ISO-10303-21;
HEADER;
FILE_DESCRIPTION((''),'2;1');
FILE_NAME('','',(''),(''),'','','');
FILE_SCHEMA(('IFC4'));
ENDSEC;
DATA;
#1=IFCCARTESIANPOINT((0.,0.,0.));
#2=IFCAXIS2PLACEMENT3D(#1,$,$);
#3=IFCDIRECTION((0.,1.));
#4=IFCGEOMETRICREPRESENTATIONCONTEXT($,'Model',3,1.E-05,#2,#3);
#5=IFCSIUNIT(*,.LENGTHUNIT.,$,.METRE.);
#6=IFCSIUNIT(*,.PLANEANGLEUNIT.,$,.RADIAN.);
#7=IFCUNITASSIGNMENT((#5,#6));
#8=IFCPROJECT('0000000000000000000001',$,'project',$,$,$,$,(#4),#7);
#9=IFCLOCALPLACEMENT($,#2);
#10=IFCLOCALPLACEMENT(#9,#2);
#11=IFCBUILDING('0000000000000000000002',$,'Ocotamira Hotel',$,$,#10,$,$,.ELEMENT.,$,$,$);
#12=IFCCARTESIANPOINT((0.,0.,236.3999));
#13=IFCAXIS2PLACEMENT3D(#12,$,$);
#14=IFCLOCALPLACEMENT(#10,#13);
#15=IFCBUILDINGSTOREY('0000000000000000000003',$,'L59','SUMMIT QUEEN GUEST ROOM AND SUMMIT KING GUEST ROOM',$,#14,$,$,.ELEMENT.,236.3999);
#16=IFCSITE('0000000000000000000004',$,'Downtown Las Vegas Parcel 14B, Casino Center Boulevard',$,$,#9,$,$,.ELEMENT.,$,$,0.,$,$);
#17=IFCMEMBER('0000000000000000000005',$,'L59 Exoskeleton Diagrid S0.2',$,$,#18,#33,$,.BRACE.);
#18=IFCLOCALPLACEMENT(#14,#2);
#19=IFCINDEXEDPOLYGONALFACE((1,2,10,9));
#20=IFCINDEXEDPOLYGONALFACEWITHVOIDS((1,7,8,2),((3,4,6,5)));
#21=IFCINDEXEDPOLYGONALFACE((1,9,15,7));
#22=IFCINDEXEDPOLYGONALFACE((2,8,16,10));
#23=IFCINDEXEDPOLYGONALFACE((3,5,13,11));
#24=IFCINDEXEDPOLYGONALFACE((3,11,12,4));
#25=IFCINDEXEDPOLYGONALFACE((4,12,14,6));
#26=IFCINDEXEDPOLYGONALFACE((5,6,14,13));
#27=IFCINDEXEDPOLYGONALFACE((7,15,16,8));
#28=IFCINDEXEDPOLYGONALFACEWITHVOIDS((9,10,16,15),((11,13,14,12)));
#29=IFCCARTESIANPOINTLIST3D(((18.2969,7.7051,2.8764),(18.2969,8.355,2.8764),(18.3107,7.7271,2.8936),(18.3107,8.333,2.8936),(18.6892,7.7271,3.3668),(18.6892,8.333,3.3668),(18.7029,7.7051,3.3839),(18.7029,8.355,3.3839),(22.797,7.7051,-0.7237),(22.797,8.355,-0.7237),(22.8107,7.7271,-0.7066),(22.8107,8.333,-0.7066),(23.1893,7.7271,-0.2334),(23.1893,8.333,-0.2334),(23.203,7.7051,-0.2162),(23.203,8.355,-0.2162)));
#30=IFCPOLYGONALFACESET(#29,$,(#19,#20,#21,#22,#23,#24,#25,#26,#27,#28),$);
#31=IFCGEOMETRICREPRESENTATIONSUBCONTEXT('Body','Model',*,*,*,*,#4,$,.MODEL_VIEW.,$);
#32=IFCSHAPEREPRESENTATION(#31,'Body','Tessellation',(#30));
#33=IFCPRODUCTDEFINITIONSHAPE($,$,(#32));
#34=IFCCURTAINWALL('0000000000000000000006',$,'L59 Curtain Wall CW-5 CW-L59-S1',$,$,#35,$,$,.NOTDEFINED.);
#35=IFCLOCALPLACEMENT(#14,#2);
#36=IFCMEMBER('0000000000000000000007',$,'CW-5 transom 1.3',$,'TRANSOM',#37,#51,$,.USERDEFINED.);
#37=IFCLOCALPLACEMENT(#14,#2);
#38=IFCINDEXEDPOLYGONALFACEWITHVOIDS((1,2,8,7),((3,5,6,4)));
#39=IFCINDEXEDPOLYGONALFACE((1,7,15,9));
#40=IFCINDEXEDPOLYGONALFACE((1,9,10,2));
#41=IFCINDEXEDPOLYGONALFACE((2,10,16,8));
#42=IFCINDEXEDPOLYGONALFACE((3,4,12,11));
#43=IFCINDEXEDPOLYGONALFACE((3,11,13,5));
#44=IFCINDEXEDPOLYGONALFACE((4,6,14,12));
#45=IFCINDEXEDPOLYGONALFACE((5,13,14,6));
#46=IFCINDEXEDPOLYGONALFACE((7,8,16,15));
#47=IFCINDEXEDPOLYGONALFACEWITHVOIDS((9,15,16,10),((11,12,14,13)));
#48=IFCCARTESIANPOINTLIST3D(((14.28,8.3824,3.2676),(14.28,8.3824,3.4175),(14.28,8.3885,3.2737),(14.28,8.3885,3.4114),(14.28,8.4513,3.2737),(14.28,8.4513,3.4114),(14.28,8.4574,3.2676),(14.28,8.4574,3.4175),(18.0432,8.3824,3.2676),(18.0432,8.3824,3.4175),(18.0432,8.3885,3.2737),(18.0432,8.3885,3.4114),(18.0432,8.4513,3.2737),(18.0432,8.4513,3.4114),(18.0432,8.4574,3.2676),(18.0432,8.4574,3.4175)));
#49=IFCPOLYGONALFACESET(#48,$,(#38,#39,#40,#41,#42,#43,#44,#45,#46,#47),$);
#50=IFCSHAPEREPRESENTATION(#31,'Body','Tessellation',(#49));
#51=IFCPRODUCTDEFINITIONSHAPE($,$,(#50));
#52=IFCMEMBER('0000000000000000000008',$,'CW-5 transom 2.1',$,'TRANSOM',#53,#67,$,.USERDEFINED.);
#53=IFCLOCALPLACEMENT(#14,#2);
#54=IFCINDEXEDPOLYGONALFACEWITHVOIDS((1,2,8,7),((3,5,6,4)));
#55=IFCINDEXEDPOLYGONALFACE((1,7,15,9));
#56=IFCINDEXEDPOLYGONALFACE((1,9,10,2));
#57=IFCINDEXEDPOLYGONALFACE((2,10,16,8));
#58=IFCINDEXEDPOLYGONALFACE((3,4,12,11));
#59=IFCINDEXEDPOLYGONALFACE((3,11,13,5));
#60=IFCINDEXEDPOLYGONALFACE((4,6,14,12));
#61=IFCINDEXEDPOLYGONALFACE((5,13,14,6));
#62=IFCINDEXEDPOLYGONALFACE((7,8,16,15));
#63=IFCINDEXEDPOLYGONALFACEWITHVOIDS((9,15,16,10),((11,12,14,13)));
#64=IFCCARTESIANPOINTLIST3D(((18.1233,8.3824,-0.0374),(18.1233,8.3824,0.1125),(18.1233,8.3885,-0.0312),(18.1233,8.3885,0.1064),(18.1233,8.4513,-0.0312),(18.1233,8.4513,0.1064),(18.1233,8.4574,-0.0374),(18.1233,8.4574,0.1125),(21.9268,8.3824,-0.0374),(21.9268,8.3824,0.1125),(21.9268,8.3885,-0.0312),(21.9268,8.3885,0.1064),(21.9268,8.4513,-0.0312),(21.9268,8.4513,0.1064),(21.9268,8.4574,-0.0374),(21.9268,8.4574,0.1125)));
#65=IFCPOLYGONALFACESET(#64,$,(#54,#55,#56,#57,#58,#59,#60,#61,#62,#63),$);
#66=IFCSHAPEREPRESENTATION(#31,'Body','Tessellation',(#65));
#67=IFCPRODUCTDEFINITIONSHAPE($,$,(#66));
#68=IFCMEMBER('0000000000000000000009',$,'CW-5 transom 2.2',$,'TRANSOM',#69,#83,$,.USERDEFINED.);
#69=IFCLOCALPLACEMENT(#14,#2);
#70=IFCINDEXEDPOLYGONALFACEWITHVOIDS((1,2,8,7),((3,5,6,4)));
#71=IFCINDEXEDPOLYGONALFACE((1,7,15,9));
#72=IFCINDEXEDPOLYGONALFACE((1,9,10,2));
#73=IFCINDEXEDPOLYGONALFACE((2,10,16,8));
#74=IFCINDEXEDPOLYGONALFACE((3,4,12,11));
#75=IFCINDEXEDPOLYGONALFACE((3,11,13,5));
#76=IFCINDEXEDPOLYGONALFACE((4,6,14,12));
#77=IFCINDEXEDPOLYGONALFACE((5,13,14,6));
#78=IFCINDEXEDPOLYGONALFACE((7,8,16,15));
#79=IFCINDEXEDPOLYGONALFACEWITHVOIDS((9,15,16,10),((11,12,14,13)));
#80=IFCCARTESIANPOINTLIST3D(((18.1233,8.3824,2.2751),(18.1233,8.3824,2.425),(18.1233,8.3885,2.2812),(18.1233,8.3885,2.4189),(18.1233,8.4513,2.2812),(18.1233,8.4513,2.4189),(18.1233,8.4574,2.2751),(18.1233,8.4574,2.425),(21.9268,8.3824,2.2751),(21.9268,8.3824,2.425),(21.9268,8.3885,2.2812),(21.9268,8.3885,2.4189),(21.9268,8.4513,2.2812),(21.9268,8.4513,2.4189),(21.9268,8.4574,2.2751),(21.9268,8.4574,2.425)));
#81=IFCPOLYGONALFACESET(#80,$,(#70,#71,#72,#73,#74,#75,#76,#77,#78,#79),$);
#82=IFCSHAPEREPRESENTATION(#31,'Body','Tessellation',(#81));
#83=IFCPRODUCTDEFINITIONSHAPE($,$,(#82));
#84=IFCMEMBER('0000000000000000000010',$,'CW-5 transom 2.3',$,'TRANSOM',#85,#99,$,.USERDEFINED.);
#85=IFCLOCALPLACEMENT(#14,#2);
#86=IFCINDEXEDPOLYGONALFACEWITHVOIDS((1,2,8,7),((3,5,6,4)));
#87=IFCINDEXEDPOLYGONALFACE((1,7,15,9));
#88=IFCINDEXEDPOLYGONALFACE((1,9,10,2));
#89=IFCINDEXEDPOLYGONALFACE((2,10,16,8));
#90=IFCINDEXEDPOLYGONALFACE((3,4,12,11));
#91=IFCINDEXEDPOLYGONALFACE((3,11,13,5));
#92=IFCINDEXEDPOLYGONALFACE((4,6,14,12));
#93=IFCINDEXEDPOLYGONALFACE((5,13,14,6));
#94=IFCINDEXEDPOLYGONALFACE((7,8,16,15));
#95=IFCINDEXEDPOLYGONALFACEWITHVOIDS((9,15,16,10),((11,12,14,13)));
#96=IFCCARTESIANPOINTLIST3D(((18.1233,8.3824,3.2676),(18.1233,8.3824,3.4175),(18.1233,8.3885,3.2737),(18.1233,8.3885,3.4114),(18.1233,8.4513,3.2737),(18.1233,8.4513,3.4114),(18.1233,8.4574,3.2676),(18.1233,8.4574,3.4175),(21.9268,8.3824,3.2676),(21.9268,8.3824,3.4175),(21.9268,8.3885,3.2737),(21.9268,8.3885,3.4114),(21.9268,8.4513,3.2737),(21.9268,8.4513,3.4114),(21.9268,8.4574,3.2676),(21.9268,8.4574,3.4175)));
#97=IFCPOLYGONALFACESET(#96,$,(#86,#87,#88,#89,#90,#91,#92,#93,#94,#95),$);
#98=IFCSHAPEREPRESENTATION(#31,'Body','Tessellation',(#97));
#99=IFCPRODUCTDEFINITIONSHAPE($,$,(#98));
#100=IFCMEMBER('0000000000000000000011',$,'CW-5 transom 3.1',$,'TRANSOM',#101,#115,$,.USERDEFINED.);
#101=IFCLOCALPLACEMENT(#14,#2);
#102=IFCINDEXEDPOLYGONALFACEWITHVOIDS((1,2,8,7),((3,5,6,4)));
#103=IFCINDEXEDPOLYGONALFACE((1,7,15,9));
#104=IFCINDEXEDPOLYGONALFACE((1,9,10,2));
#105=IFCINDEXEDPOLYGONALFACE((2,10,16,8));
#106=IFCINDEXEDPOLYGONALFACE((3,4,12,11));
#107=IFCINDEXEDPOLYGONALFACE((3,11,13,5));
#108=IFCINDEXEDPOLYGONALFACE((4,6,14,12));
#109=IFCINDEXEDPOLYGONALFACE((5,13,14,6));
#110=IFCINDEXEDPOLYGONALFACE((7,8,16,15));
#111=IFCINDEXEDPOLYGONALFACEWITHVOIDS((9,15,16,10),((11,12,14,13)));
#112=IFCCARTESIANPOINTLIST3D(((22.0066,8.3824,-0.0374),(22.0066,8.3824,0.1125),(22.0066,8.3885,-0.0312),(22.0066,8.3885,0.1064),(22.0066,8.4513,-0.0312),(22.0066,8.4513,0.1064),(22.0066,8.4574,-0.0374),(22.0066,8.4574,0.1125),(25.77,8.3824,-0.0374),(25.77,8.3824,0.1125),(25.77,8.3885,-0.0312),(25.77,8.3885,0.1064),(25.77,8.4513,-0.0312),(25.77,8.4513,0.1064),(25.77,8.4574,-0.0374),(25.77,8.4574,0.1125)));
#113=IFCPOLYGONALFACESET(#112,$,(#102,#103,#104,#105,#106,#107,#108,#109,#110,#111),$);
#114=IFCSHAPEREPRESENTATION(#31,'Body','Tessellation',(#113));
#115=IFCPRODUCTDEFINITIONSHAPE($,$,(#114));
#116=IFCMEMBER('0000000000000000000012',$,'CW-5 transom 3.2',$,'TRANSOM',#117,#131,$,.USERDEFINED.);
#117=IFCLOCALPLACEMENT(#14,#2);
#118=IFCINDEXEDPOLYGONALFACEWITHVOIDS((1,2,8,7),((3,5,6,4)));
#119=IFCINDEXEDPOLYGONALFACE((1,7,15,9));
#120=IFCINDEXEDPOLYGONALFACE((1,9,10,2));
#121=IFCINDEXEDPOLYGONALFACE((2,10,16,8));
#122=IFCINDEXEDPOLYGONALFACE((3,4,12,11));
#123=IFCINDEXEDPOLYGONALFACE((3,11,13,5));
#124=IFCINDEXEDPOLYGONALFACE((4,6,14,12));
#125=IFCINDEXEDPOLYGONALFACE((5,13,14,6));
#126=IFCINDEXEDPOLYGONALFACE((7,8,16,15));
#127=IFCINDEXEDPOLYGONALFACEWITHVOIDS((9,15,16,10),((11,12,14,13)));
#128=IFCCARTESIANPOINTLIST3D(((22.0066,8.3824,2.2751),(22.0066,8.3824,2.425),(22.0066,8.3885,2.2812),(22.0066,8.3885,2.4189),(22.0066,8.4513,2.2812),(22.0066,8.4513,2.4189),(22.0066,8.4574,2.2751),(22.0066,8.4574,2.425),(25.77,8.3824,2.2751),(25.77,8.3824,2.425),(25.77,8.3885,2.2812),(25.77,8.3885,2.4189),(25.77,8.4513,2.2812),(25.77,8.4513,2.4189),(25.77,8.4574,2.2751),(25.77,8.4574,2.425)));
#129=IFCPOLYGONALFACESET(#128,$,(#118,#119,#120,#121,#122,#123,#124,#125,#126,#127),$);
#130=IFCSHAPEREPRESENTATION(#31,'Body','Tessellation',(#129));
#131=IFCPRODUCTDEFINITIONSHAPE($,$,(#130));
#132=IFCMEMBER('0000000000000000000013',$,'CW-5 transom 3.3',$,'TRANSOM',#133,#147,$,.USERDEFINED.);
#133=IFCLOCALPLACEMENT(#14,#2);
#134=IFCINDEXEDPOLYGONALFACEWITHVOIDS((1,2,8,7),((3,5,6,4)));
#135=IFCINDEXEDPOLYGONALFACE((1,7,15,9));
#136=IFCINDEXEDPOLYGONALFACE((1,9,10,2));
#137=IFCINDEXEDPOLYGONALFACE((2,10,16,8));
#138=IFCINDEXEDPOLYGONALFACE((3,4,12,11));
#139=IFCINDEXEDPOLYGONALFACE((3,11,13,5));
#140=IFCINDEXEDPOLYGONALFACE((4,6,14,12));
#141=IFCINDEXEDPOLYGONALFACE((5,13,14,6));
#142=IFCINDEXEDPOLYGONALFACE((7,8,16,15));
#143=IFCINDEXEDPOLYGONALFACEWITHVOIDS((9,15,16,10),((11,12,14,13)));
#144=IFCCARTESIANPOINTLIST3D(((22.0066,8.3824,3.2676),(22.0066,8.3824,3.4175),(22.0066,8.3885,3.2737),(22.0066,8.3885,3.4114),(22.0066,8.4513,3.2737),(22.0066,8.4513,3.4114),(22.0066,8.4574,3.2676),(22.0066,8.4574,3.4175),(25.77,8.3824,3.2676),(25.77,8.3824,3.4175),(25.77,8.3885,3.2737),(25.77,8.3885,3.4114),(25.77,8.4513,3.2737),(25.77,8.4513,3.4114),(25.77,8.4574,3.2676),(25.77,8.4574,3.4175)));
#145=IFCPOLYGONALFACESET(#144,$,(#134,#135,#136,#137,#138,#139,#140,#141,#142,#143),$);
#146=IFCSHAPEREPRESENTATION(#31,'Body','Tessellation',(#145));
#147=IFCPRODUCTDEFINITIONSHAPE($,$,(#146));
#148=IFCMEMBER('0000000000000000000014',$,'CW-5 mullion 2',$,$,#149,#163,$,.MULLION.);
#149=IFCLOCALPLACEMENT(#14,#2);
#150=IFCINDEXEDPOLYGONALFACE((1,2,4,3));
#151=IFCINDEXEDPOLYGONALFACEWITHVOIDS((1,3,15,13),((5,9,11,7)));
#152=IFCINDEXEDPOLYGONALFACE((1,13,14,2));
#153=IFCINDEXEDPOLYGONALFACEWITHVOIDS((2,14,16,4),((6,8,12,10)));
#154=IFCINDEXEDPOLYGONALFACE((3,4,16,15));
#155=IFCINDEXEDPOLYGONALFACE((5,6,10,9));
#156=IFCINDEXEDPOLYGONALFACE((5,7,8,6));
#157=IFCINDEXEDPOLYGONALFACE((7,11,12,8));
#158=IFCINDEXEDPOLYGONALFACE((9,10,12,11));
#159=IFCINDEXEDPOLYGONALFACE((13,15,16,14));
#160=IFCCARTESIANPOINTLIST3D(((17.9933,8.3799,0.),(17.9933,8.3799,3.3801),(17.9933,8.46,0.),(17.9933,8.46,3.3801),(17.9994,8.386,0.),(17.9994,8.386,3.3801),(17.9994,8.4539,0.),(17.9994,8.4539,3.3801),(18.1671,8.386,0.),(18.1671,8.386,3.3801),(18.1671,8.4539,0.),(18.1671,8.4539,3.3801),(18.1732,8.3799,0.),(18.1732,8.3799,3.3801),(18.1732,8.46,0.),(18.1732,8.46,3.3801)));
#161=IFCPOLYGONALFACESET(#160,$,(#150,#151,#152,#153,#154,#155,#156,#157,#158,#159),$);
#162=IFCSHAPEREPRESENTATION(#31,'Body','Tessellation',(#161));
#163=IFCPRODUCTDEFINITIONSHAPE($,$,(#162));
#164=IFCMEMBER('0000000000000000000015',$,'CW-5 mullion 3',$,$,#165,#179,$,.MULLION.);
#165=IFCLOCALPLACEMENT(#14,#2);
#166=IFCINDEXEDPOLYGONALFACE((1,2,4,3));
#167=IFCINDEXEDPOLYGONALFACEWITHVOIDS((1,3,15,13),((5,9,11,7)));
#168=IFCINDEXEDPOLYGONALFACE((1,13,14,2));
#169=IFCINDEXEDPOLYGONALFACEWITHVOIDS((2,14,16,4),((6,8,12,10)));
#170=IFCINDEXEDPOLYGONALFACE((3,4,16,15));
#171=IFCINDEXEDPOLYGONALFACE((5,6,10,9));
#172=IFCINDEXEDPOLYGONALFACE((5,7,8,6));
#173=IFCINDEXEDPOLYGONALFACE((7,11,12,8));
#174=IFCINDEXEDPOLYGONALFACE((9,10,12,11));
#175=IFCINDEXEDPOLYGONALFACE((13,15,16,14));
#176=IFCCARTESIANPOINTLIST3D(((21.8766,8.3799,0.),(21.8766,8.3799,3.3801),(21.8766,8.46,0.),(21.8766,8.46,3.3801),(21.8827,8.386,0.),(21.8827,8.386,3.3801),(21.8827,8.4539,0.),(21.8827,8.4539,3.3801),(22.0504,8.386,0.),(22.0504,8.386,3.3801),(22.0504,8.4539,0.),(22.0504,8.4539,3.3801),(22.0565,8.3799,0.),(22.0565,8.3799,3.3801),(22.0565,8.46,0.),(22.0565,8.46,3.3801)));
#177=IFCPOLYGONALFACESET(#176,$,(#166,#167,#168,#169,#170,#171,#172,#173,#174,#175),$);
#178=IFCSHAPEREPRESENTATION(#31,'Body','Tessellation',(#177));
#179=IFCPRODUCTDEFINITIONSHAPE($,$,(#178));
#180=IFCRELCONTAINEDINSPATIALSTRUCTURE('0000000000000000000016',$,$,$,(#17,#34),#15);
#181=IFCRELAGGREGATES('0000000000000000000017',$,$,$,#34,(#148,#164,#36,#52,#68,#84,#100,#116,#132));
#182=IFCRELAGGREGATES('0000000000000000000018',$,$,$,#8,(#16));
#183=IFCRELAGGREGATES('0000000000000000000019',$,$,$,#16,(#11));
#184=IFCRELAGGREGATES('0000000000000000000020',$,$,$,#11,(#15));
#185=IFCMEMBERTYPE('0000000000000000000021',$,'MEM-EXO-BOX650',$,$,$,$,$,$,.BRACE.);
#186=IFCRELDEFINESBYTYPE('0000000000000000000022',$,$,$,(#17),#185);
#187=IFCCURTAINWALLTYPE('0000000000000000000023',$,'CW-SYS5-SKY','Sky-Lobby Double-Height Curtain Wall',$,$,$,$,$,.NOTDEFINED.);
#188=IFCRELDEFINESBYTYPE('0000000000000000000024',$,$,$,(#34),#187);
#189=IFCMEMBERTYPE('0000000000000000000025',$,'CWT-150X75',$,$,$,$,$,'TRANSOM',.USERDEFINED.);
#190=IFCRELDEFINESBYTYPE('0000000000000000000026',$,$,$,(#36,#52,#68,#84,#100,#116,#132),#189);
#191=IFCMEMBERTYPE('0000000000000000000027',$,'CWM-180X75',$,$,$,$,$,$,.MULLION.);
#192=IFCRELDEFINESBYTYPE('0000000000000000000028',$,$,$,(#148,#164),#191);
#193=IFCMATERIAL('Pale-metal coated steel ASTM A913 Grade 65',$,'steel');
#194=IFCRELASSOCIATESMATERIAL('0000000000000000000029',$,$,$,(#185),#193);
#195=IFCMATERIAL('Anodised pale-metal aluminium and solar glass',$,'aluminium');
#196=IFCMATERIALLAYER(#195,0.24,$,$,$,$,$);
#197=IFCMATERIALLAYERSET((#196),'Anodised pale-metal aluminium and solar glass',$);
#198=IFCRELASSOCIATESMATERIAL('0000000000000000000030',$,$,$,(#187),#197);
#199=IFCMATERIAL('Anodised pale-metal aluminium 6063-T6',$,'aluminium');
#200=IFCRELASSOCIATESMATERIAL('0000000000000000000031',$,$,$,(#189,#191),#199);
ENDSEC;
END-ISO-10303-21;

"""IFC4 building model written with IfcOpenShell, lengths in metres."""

from ifc_helpers import new_model, si_unit, direction, frame, origin, origin_2d, place, context, subcontext, project, spatial, hollow_rectangle, extrude, source, transform, mapped, material, layer, layer_set, material_profile, profile_set, type_object, element, aggregate, save


model = new_model("IFC4")

# Units and contexts
model_context = context("Model", 3, precision=1e-05, world=origin(), true_north=direction((0.0, 1.0)))
body_context = subcontext(model_context, "Body", "Model", "MODEL_VIEW")
ifc_project = project(units=[si_unit("LENGTHUNIT", "METRE"), si_unit("PLANEANGLEUNIT", "RADIAN")], contexts=[model_context])

# Site, building, storey
site_placement = place(None, origin())
site = spatial("IfcSite", under=ifc_project, at=site_placement, Name="Downtown Las Vegas Parcel 14B, Casino Center Boulevard", CompositionType="ELEMENT", RefElevation=0.0)
building_placement = place(site_placement, origin())
building = spatial("IfcBuilding", under=site, at=building_placement, Name="Ocotamira Hotel", CompositionType="ELEMENT")
storey_placement = place(building_placement, frame((0.0, 0.0, 236.3999)))
storey = spatial("IfcBuildingStorey", under=building, at=storey_placement, Name="L59", Description="SUMMIT QUEEN GUEST ROOM AND SUMMIT KING GUEST ROOM", CompositionType="ELEMENT", Elevation=236.3999)

# Member
ifc_material_1 = material(Name="Pale-metal coated steel ASTM A913 Grade 65", Category="steel")
ifc_material_profile_1 = material_profile(ifc_material_1, hollow_rectangle(XDim=0.6499, YDim=0.6499, WallThickness=0.022, at=origin_2d()), Name="BOX650X650X22")
ifc_profile_set_1 = profile_set([ifc_material_profile_1], Name="Pale-metal coated steel ASTM A913 Grade 65")
member_type_1 = type_object("IfcMemberType", Name="MEM-EXO-BOX650", PredefinedType="BRACE", material=ifc_profile_set_1)
shared_shape_1 = source(origin(), body_context, "Body", "SweptSolid", [
    extrude(hollow_rectangle(XDim=0.6499, YDim=0.6499, WallThickness=0.022, at=origin_2d()), origin(), (0.0, 0.0, 1.0), 5.7629),
])
member_1_placement = place(storey_placement, frame((23.0, 8.03, -0.47), z_axis=(-0.780861, 0.0, 0.624705), x_axis=(0.0, -1.0, 0.0)))
element("IfcMember", 1, at=member_1_placement, inside=storey, type_object=member_type_1, Name="L59 Exoskeleton Diagrid S0.2", PredefinedType="BRACE", context=body_context, shape_type="MappedRepresentation", body=[
    mapped(shared_shape_1, transform((0.0, 0.0, 0.0), scale=1.0)),
])

# Curtain wall, members
ifc_material_2 = material(Name="Anodised pale-metal aluminium and solar glass", Category="aluminium")
ifc_layer_1 = layer(ifc_material_2, 0.24)
ifc_layer_set_1 = layer_set([ifc_layer_1], Name="Anodised pale-metal aluminium and solar glass")
curtain_wall_type = type_object("IfcCurtainWallType", Name="CW-SYS5-SKY", Description="Sky-Lobby Double-Height Curtain Wall", PredefinedType="NOTDEFINED", material=ifc_layer_set_1)
curtain_wall_placement = place(storey_placement, origin())
curtain_wall = element("IfcCurtainWall", 2, at=curtain_wall_placement, inside=storey, type_object=curtain_wall_type, Name="L59 Curtain Wall CW-5 CW-L59-S1", PredefinedType="NOTDEFINED")
ifc_material_3 = material(Name="Anodised pale-metal aluminium 6063-T6", Category="aluminium")
ifc_material_profile_2 = material_profile(ifc_material_3, hollow_rectangle(XDim=0.075, YDim=0.1499, WallThickness=0.0061, at=origin_2d()), Name="HSS150X75X6")
ifc_profile_set_2 = profile_set([ifc_material_profile_2], Name="Anodised pale-metal aluminium 6063-T6")
member_type_2 = type_object("IfcMemberType", Name="CWT-150X75", ElementType="TRANSOM", PredefinedType="USERDEFINED", material=ifc_profile_set_2)
shared_shape_2 = source(origin(), body_context, "Body", "SweptSolid", [
    extrude(hollow_rectangle(XDim=0.075, YDim=0.1499, WallThickness=0.0061, at=origin_2d()), origin(), (0.0, 0.0, 1.0), 3.7632),
])
member_2_placement = place(storey_placement, frame((14.28, 8.4199, 3.3425), z_axis=(1.0, 0.0, 0.0), x_axis=(0.0, 1.0, 0.0)))
member_2 = element("IfcMember", 3, at=member_2_placement, type_object=member_type_2, Name="CW-5 transom 1.3", ObjectType="TRANSOM", PredefinedType="USERDEFINED", context=body_context, shape_type="MappedRepresentation", body=[
    mapped(shared_shape_2, transform((0.0, 0.0, 0.0), scale=1.0)),
])
shared_shape_3 = source(origin(), body_context, "Body", "SweptSolid", [
    extrude(hollow_rectangle(XDim=0.075, YDim=0.1499, WallThickness=0.0061, at=origin_2d()), origin(), (0.0, 0.0, 1.0), 3.8035),
])
member_3_placement = place(storey_placement, frame((18.1233, 8.4199, 0.0376), z_axis=(1.0, 0.0, 0.0), x_axis=(0.0, 1.0, 0.0)))
member_3 = element("IfcMember", 4, at=member_3_placement, type_object=member_type_2, Name="CW-5 transom 2.1", ObjectType="TRANSOM", PredefinedType="USERDEFINED", context=body_context, shape_type="MappedRepresentation", body=[
    mapped(shared_shape_3, transform((0.0, 0.0, 0.0), scale=1.0)),
])
member_4_placement = place(storey_placement, frame((18.1233, 8.4199, 2.3501), z_axis=(1.0, 0.0, 0.0), x_axis=(0.0, 1.0, 0.0)))
member_4 = element("IfcMember", 5, at=member_4_placement, type_object=member_type_2, Name="CW-5 transom 2.2", ObjectType="TRANSOM", PredefinedType="USERDEFINED", context=body_context, shape_type="MappedRepresentation", body=[
    mapped(shared_shape_3, transform((0.0, 0.0, 0.0), scale=1.0)),
])
member_5_placement = place(storey_placement, frame((18.1233, 8.4199, 3.3425), z_axis=(1.0, 0.0, 0.0), x_axis=(0.0, 1.0, 0.0)))
member_5 = element("IfcMember", 6, at=member_5_placement, type_object=member_type_2, Name="CW-5 transom 2.3", ObjectType="TRANSOM", PredefinedType="USERDEFINED", context=body_context, shape_type="MappedRepresentation", body=[
    mapped(shared_shape_3, transform((0.0, 0.0, 0.0), scale=1.0)),
])
shared_shape_4 = source(origin(), body_context, "Body", "SweptSolid", [
    extrude(hollow_rectangle(XDim=0.075, YDim=0.1499, WallThickness=0.0061, at=origin_2d()), origin(), (0.0, 0.0, 1.0), 3.7634),
])
member_6_placement = place(storey_placement, frame((22.0066, 8.4199, 0.0376), z_axis=(1.0, 0.0, 0.0), x_axis=(0.0, 1.0, 0.0)))
member_6 = element("IfcMember", 7, at=member_6_placement, type_object=member_type_2, Name="CW-5 transom 3.1", ObjectType="TRANSOM", PredefinedType="USERDEFINED", context=body_context, shape_type="MappedRepresentation", body=[
    mapped(shared_shape_4, transform((0.0, 0.0, 0.0), scale=1.0)),
])
member_7_placement = place(storey_placement, frame((22.0066, 8.4199, 2.3501), z_axis=(1.0, 0.0, 0.0), x_axis=(0.0, 1.0, 0.0)))
member_7 = element("IfcMember", 8, at=member_7_placement, type_object=member_type_2, Name="CW-5 transom 3.2", ObjectType="TRANSOM", PredefinedType="USERDEFINED", context=body_context, shape_type="MappedRepresentation", body=[
    mapped(shared_shape_4, transform((0.0, 0.0, 0.0), scale=1.0)),
])
member_8_placement = place(storey_placement, frame((22.0066, 8.4199, 3.3425), z_axis=(1.0, 0.0, 0.0), x_axis=(0.0, 1.0, 0.0)))
member_8 = element("IfcMember", 9, at=member_8_placement, type_object=member_type_2, Name="CW-5 transom 3.3", ObjectType="TRANSOM", PredefinedType="USERDEFINED", context=body_context, shape_type="MappedRepresentation", body=[
    mapped(shared_shape_4, transform((0.0, 0.0, 0.0), scale=1.0)),
])
ifc_material_profile_3 = material_profile(ifc_material_3, hollow_rectangle(XDim=0.0801, YDim=0.1799, WallThickness=0.0061, at=origin_2d()), Name="HSS180X80X6")
ifc_profile_set_3 = profile_set([ifc_material_profile_3], Name="Anodised pale-metal aluminium 6063-T6")
member_type_3 = type_object("IfcMemberType", Name="CWM-180X75", PredefinedType="MULLION", material=ifc_profile_set_3)
shared_shape_5 = source(origin(), body_context, "Body", "SweptSolid", [
    extrude(hollow_rectangle(XDim=0.0801, YDim=0.1799, WallThickness=0.0061, at=origin_2d()), origin(), (0.0, 0.0, 1.0), 3.3801),
])
member_9_placement = place(storey_placement, frame((18.0833, 8.4199, 0.0), z_axis=(0.0, 0.0, 1.0), x_axis=(0.0, 1.0, 0.0)))
member_9 = element("IfcMember", 10, at=member_9_placement, type_object=member_type_3, Name="CW-5 mullion 2", PredefinedType="MULLION", context=body_context, shape_type="MappedRepresentation", body=[
    mapped(shared_shape_5, transform((0.0, 0.0, 0.0), scale=1.0)),
])
member_10_placement = place(storey_placement, frame((21.9666, 8.4199, 0.0), z_axis=(0.0, 0.0, 1.0), x_axis=(0.0, 1.0, 0.0)))
member_10 = element("IfcMember", 11, at=member_10_placement, type_object=member_type_3, Name="CW-5 mullion 3", PredefinedType="MULLION", context=body_context, shape_type="MappedRepresentation", body=[
    mapped(shared_shape_5, transform((0.0, 0.0, 0.0), scale=1.0)),
])

aggregate(curtain_wall, [member_9, member_10, member_2, member_3, member_4, member_5, member_6, member_7, member_8])

save(model, "model.ifc")
